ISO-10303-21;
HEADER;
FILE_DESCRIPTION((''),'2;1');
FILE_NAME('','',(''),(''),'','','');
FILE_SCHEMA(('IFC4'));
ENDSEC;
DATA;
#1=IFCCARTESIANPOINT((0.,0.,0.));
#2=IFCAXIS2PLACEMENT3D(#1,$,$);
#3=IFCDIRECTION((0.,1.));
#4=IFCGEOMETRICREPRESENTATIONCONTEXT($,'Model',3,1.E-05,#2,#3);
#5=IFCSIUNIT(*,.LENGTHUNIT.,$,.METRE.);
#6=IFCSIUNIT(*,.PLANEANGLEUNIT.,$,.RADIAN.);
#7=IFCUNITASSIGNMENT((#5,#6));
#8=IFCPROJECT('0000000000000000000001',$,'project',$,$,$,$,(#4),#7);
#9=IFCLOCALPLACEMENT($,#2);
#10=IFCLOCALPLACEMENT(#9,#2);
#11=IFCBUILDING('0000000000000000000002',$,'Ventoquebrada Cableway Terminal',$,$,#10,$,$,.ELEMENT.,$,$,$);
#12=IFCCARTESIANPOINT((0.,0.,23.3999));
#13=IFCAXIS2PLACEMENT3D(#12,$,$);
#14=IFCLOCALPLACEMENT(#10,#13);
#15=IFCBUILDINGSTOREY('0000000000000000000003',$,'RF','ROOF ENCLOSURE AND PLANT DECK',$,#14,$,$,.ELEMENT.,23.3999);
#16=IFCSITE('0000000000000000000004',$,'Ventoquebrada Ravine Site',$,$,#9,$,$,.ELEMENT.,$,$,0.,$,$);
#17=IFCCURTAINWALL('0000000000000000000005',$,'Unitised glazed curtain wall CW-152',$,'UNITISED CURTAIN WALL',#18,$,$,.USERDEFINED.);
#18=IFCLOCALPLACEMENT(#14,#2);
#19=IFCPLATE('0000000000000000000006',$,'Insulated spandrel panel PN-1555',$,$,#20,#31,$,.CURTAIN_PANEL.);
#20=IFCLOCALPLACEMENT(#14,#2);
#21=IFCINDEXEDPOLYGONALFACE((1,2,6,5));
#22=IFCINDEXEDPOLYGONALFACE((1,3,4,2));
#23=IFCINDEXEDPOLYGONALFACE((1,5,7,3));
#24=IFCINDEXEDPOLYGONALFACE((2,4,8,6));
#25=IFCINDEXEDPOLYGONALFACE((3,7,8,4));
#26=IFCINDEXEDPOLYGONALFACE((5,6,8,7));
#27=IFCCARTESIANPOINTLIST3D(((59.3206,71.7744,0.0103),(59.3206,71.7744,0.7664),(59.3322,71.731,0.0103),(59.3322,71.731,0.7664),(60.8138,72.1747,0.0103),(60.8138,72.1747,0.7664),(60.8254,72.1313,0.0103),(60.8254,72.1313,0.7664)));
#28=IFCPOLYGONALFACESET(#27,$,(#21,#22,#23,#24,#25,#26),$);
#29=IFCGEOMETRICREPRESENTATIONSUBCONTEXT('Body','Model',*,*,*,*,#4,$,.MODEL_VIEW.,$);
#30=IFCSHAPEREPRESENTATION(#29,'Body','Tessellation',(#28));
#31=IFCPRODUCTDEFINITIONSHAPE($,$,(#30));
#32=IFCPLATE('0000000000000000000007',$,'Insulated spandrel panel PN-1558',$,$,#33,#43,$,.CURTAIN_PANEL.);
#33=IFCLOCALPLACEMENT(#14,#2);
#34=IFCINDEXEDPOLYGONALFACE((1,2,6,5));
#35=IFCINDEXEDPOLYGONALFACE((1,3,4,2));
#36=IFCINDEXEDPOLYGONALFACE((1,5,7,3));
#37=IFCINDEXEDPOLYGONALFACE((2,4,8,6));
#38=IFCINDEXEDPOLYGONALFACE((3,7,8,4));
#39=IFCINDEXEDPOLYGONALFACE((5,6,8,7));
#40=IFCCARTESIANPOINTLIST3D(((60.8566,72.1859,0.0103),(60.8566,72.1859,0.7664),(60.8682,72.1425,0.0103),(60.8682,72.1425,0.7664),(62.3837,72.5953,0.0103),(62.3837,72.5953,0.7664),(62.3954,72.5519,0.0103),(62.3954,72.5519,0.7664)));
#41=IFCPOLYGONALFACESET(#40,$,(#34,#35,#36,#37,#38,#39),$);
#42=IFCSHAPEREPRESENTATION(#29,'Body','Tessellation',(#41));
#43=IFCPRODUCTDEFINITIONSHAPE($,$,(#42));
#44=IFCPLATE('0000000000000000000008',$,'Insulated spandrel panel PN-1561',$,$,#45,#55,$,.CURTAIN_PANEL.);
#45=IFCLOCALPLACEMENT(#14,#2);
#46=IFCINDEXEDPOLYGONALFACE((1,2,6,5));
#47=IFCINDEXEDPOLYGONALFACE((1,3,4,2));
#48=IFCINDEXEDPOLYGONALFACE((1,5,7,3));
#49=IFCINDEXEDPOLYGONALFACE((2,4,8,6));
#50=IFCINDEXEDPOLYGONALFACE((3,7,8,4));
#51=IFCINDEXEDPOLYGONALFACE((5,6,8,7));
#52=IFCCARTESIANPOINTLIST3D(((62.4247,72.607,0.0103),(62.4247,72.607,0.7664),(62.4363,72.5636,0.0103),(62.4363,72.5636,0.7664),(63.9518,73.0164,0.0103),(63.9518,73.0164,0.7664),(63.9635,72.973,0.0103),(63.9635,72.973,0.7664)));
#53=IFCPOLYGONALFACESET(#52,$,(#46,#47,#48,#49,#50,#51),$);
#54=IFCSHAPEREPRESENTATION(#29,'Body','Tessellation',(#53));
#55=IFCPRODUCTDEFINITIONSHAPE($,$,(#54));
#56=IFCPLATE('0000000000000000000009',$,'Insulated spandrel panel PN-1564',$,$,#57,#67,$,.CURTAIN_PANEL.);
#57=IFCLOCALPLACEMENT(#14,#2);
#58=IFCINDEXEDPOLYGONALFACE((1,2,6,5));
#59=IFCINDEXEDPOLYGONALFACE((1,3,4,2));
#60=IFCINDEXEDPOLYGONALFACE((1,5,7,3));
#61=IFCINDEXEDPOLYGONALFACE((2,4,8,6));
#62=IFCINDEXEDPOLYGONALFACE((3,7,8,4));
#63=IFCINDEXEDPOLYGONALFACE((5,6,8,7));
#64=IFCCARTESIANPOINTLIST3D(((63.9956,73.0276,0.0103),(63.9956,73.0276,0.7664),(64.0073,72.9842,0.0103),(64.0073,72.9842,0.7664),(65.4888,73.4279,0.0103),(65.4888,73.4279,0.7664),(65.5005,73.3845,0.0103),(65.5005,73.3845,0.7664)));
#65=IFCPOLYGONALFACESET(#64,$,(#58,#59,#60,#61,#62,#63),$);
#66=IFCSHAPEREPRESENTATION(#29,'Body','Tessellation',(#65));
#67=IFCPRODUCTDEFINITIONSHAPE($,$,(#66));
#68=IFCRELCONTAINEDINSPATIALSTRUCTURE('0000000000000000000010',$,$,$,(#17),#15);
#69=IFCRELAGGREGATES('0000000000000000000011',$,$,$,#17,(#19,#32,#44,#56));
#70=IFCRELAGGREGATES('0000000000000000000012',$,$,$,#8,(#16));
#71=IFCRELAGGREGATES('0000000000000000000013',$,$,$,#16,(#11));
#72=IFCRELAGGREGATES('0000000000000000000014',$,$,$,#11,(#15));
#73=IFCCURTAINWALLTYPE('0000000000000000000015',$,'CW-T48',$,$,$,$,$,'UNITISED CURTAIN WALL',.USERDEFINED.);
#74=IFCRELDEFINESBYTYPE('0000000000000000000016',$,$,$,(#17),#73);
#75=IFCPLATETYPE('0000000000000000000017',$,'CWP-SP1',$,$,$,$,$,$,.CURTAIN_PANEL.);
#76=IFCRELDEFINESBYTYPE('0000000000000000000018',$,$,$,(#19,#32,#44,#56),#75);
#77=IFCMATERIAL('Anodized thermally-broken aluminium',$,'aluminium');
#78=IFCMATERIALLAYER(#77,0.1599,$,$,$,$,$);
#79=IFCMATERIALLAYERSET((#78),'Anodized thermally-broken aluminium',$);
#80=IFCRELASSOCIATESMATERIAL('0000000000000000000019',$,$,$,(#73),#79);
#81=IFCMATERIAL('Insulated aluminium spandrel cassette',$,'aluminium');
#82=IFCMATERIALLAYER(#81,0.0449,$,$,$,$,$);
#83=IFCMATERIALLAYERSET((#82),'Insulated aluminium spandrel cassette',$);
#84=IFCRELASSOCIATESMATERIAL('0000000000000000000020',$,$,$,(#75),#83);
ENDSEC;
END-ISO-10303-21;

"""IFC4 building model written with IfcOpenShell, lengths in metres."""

from ifc_helpers import new_model, si_unit, direction, frame, origin, origin_2d, place, context, subcontext, project, spatial, rectangle, extrude, material, layer, layer_set, type_object, element, aggregate, save


model = new_model("IFC4")

# Units and contexts
model_context = context("Model", 3, precision=1e-05, world=origin(), true_north=direction((0.0, 1.0)))
body_context = subcontext(model_context, "Body", "Model", "MODEL_VIEW")
ifc_project = project(units=[si_unit("LENGTHUNIT", "METRE"), si_unit("PLANEANGLEUNIT", "RADIAN")], contexts=[model_context])

# Site, building, storey
site_placement = place(None, origin())
site = spatial("IfcSite", under=ifc_project, at=site_placement, Name="Ventoquebrada Ravine Site", CompositionType="ELEMENT", RefElevation=0.0)
building_placement = place(site_placement, origin())
building = spatial("IfcBuilding", under=site, at=building_placement, Name="Ventoquebrada Cableway Terminal", CompositionType="ELEMENT")
storey_placement = place(building_placement, frame((0.0, 0.0, 23.3999)))
storey = spatial("IfcBuildingStorey", under=building, at=storey_placement, Name="RF", Description="ROOF ENCLOSURE AND PLANT DECK", CompositionType="ELEMENT", Elevation=23.3999)

# Curtain wall
ifc_material_1 = material(Name="Anodized thermally-broken aluminium", Category="aluminium")
ifc_layer_1 = layer(ifc_material_1, 0.1599)
ifc_layer_set_1 = layer_set([ifc_layer_1], Name="Anodized thermally-broken aluminium")
curtain_wall_type = type_object("IfcCurtainWallType", Name="CW-T48", ElementType="UNITISED CURTAIN WALL", PredefinedType="USERDEFINED", material=ifc_layer_set_1)
curtain_wall_placement = place(storey_placement, origin())
curtain_wall = element("IfcCurtainWall", 1, at=curtain_wall_placement, inside=storey, type_object=curtain_wall_type, Name="Unitised glazed curtain wall CW-152", ObjectType="UNITISED CURTAIN WALL", PredefinedType="USERDEFINED")

# Plates
ifc_material_2 = material(Name="Insulated aluminium spandrel cassette", Category="aluminium")
ifc_layer_2 = layer(ifc_material_2, 0.0449)
ifc_layer_set_2 = layer_set([ifc_layer_2], Name="Insulated aluminium spandrel cassette")
plate_type_1 = type_object("IfcPlateType", Name="CWP-SP1", PredefinedType="CURTAIN_PANEL", material=ifc_layer_set_2)
plate_1_placement = place(storey_placement, frame((60.073, 71.9529, 0.0103), z_axis=(0.0, 0.0, 1.0), x_axis=(0.965894, 0.258937, 0.0)))
plate_1 = element("IfcPlate", 2, at=plate_1_placement, type_object=plate_type_1, Name="Insulated spandrel panel PN-1555", PredefinedType="CURTAIN_PANEL", context=body_context, shape_type="SweptSolid", body=[
    extrude(rectangle(XDim=1.5459, YDim=0.0449, at=origin_2d()), origin(), (0.0, 0.0, 1.0), 0.7561),
])
plate_2_placement = place(storey_placement, frame((61.626, 72.3689, 0.0103), z_axis=(0.0, 0.0, 1.0), x_axis=(0.965894, 0.258937, 0.0)))
plate_2 = element("IfcPlate", 3, at=plate_2_placement, type_object=plate_type_1, Name="Insulated spandrel panel PN-1558", PredefinedType="CURTAIN_PANEL", context=body_context, shape_type="SweptSolid", body=[
    extrude(rectangle(XDim=1.5811, YDim=0.0449, at=origin_2d()), origin(), (0.0, 0.0, 1.0), 0.7561),
])
plate_3_placement = place(storey_placement, frame((63.1941, 72.79, 0.0103), z_axis=(0.0, 0.0, 1.0), x_axis=(0.965894, 0.258937, 0.0)))
plate_3 = element("IfcPlate", 4, at=plate_3_placement, type_object=plate_type_1, Name="Insulated spandrel panel PN-1561", PredefinedType="CURTAIN_PANEL", context=body_context, shape_type="SweptSolid", body=[
    extrude(rectangle(XDim=1.5811, YDim=0.0449, at=origin_2d()), origin(), (0.0, 0.0, 1.0), 0.7561),
])
plate_4_placement = place(storey_placement, frame((64.748, 73.2061, 0.0103), z_axis=(0.0, 0.0, 1.0), x_axis=(0.965894, 0.258937, 0.0)))
plate_4 = element("IfcPlate", 5, at=plate_4_placement, type_object=plate_type_1, Name="Insulated spandrel panel PN-1564", PredefinedType="CURTAIN_PANEL", context=body_context, shape_type="SweptSolid", body=[
    extrude(rectangle(XDim=1.5459, YDim=0.0449, at=origin_2d()), origin(), (0.0, 0.0, 1.0), 0.7561),
])
aggregate(curtain_wall, [plate_1, plate_2, plate_3, plate_4])

save(model, "model.ifc")
